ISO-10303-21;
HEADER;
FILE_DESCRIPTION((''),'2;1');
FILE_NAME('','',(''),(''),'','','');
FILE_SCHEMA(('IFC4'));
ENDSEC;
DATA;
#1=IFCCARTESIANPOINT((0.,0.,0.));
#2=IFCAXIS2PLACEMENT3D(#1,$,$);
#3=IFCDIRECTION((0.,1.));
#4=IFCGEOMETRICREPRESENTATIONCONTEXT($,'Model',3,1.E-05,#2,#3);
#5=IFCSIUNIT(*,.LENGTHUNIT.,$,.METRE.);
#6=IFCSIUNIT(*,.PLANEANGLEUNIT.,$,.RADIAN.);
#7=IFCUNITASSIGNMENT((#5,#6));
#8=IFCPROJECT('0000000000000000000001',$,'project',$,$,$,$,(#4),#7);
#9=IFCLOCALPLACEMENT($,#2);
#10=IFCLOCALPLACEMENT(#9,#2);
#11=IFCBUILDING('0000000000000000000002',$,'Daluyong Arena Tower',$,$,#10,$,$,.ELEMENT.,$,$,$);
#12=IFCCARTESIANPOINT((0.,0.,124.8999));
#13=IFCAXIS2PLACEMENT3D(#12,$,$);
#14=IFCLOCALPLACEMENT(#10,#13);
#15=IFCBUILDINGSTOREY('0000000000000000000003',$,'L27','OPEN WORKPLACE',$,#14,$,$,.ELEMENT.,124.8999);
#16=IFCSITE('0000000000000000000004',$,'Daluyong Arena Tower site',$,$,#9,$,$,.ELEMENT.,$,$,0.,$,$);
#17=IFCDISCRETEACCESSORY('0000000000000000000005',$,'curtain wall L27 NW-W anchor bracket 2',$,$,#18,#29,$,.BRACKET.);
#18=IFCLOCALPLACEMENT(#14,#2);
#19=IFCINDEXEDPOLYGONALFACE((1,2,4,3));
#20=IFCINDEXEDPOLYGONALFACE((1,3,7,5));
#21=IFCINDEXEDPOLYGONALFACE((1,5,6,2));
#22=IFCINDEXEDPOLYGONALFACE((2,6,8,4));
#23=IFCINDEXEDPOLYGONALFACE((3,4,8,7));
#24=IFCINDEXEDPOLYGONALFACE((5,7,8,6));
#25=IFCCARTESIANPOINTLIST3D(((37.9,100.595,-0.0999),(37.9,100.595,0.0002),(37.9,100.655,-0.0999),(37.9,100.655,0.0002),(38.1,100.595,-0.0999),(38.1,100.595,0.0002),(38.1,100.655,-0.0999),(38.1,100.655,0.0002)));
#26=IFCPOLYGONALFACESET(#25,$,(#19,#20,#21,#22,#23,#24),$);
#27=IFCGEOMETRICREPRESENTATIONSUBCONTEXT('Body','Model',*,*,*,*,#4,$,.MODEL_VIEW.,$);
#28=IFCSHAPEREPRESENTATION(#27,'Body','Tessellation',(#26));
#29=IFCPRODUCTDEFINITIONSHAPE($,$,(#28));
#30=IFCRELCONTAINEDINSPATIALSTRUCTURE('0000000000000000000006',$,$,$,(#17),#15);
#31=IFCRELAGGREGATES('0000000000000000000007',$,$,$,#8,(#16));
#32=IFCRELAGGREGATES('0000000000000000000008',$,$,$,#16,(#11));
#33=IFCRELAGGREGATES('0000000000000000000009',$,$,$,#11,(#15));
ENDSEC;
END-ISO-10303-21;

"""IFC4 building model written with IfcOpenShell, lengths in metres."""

from ifc_helpers import new_model, si_unit, direction, frame, origin, origin_2d, place, context, subcontext, project, spatial, rectangle, extrude, element, save


model = new_model("IFC4")

# Units and contexts
model_context = context("Model", 3, precision=1e-05, world=origin(), true_north=direction((0.0, 1.0)))
body_context = subcontext(model_context, "Body", "Model", "MODEL_VIEW")
ifc_project = project(units=[si_unit("LENGTHUNIT", "METRE"), si_unit("PLANEANGLEUNIT", "RADIAN")], contexts=[model_context])

# Site, building, storey
site_placement = place(None, origin())
site = spatial("IfcSite", under=ifc_project, at=site_placement, Name="Daluyong Arena Tower site", CompositionType="ELEMENT", RefElevation=0.0)
building_placement = place(site_placement, origin())
building = spatial("IfcBuilding", under=site, at=building_placement, Name="Daluyong Arena Tower", CompositionType="ELEMENT")
storey_placement = place(building_placement, frame((0.0, 0.0, 124.8999)))
storey = spatial("IfcBuildingStorey", under=building, at=storey_placement, Name="L27", Description="OPEN WORKPLACE", CompositionType="ELEMENT", Elevation=124.8999)

# Discrete accessory
discrete_accessory_1_placement = place(storey_placement, frame((38.0, 100.625, -0.0999), z_axis=(0.0, 0.0, 1.0), x_axis=(0.0, -1.0, 0.0)))
element("IfcDiscreteAccessory", 1, at=discrete_accessory_1_placement, inside=storey, Name="curtain wall L27 NW-W anchor bracket 2", PredefinedType="BRACKET", context=body_context, shape_type="SweptSolid", body=[
    extrude(rectangle(XDim=0.0601, YDim=0.2, at=origin_2d()), origin(), (0.0, 0.0, 1.0), 0.1001),
])

save(model, "model.ifc")
